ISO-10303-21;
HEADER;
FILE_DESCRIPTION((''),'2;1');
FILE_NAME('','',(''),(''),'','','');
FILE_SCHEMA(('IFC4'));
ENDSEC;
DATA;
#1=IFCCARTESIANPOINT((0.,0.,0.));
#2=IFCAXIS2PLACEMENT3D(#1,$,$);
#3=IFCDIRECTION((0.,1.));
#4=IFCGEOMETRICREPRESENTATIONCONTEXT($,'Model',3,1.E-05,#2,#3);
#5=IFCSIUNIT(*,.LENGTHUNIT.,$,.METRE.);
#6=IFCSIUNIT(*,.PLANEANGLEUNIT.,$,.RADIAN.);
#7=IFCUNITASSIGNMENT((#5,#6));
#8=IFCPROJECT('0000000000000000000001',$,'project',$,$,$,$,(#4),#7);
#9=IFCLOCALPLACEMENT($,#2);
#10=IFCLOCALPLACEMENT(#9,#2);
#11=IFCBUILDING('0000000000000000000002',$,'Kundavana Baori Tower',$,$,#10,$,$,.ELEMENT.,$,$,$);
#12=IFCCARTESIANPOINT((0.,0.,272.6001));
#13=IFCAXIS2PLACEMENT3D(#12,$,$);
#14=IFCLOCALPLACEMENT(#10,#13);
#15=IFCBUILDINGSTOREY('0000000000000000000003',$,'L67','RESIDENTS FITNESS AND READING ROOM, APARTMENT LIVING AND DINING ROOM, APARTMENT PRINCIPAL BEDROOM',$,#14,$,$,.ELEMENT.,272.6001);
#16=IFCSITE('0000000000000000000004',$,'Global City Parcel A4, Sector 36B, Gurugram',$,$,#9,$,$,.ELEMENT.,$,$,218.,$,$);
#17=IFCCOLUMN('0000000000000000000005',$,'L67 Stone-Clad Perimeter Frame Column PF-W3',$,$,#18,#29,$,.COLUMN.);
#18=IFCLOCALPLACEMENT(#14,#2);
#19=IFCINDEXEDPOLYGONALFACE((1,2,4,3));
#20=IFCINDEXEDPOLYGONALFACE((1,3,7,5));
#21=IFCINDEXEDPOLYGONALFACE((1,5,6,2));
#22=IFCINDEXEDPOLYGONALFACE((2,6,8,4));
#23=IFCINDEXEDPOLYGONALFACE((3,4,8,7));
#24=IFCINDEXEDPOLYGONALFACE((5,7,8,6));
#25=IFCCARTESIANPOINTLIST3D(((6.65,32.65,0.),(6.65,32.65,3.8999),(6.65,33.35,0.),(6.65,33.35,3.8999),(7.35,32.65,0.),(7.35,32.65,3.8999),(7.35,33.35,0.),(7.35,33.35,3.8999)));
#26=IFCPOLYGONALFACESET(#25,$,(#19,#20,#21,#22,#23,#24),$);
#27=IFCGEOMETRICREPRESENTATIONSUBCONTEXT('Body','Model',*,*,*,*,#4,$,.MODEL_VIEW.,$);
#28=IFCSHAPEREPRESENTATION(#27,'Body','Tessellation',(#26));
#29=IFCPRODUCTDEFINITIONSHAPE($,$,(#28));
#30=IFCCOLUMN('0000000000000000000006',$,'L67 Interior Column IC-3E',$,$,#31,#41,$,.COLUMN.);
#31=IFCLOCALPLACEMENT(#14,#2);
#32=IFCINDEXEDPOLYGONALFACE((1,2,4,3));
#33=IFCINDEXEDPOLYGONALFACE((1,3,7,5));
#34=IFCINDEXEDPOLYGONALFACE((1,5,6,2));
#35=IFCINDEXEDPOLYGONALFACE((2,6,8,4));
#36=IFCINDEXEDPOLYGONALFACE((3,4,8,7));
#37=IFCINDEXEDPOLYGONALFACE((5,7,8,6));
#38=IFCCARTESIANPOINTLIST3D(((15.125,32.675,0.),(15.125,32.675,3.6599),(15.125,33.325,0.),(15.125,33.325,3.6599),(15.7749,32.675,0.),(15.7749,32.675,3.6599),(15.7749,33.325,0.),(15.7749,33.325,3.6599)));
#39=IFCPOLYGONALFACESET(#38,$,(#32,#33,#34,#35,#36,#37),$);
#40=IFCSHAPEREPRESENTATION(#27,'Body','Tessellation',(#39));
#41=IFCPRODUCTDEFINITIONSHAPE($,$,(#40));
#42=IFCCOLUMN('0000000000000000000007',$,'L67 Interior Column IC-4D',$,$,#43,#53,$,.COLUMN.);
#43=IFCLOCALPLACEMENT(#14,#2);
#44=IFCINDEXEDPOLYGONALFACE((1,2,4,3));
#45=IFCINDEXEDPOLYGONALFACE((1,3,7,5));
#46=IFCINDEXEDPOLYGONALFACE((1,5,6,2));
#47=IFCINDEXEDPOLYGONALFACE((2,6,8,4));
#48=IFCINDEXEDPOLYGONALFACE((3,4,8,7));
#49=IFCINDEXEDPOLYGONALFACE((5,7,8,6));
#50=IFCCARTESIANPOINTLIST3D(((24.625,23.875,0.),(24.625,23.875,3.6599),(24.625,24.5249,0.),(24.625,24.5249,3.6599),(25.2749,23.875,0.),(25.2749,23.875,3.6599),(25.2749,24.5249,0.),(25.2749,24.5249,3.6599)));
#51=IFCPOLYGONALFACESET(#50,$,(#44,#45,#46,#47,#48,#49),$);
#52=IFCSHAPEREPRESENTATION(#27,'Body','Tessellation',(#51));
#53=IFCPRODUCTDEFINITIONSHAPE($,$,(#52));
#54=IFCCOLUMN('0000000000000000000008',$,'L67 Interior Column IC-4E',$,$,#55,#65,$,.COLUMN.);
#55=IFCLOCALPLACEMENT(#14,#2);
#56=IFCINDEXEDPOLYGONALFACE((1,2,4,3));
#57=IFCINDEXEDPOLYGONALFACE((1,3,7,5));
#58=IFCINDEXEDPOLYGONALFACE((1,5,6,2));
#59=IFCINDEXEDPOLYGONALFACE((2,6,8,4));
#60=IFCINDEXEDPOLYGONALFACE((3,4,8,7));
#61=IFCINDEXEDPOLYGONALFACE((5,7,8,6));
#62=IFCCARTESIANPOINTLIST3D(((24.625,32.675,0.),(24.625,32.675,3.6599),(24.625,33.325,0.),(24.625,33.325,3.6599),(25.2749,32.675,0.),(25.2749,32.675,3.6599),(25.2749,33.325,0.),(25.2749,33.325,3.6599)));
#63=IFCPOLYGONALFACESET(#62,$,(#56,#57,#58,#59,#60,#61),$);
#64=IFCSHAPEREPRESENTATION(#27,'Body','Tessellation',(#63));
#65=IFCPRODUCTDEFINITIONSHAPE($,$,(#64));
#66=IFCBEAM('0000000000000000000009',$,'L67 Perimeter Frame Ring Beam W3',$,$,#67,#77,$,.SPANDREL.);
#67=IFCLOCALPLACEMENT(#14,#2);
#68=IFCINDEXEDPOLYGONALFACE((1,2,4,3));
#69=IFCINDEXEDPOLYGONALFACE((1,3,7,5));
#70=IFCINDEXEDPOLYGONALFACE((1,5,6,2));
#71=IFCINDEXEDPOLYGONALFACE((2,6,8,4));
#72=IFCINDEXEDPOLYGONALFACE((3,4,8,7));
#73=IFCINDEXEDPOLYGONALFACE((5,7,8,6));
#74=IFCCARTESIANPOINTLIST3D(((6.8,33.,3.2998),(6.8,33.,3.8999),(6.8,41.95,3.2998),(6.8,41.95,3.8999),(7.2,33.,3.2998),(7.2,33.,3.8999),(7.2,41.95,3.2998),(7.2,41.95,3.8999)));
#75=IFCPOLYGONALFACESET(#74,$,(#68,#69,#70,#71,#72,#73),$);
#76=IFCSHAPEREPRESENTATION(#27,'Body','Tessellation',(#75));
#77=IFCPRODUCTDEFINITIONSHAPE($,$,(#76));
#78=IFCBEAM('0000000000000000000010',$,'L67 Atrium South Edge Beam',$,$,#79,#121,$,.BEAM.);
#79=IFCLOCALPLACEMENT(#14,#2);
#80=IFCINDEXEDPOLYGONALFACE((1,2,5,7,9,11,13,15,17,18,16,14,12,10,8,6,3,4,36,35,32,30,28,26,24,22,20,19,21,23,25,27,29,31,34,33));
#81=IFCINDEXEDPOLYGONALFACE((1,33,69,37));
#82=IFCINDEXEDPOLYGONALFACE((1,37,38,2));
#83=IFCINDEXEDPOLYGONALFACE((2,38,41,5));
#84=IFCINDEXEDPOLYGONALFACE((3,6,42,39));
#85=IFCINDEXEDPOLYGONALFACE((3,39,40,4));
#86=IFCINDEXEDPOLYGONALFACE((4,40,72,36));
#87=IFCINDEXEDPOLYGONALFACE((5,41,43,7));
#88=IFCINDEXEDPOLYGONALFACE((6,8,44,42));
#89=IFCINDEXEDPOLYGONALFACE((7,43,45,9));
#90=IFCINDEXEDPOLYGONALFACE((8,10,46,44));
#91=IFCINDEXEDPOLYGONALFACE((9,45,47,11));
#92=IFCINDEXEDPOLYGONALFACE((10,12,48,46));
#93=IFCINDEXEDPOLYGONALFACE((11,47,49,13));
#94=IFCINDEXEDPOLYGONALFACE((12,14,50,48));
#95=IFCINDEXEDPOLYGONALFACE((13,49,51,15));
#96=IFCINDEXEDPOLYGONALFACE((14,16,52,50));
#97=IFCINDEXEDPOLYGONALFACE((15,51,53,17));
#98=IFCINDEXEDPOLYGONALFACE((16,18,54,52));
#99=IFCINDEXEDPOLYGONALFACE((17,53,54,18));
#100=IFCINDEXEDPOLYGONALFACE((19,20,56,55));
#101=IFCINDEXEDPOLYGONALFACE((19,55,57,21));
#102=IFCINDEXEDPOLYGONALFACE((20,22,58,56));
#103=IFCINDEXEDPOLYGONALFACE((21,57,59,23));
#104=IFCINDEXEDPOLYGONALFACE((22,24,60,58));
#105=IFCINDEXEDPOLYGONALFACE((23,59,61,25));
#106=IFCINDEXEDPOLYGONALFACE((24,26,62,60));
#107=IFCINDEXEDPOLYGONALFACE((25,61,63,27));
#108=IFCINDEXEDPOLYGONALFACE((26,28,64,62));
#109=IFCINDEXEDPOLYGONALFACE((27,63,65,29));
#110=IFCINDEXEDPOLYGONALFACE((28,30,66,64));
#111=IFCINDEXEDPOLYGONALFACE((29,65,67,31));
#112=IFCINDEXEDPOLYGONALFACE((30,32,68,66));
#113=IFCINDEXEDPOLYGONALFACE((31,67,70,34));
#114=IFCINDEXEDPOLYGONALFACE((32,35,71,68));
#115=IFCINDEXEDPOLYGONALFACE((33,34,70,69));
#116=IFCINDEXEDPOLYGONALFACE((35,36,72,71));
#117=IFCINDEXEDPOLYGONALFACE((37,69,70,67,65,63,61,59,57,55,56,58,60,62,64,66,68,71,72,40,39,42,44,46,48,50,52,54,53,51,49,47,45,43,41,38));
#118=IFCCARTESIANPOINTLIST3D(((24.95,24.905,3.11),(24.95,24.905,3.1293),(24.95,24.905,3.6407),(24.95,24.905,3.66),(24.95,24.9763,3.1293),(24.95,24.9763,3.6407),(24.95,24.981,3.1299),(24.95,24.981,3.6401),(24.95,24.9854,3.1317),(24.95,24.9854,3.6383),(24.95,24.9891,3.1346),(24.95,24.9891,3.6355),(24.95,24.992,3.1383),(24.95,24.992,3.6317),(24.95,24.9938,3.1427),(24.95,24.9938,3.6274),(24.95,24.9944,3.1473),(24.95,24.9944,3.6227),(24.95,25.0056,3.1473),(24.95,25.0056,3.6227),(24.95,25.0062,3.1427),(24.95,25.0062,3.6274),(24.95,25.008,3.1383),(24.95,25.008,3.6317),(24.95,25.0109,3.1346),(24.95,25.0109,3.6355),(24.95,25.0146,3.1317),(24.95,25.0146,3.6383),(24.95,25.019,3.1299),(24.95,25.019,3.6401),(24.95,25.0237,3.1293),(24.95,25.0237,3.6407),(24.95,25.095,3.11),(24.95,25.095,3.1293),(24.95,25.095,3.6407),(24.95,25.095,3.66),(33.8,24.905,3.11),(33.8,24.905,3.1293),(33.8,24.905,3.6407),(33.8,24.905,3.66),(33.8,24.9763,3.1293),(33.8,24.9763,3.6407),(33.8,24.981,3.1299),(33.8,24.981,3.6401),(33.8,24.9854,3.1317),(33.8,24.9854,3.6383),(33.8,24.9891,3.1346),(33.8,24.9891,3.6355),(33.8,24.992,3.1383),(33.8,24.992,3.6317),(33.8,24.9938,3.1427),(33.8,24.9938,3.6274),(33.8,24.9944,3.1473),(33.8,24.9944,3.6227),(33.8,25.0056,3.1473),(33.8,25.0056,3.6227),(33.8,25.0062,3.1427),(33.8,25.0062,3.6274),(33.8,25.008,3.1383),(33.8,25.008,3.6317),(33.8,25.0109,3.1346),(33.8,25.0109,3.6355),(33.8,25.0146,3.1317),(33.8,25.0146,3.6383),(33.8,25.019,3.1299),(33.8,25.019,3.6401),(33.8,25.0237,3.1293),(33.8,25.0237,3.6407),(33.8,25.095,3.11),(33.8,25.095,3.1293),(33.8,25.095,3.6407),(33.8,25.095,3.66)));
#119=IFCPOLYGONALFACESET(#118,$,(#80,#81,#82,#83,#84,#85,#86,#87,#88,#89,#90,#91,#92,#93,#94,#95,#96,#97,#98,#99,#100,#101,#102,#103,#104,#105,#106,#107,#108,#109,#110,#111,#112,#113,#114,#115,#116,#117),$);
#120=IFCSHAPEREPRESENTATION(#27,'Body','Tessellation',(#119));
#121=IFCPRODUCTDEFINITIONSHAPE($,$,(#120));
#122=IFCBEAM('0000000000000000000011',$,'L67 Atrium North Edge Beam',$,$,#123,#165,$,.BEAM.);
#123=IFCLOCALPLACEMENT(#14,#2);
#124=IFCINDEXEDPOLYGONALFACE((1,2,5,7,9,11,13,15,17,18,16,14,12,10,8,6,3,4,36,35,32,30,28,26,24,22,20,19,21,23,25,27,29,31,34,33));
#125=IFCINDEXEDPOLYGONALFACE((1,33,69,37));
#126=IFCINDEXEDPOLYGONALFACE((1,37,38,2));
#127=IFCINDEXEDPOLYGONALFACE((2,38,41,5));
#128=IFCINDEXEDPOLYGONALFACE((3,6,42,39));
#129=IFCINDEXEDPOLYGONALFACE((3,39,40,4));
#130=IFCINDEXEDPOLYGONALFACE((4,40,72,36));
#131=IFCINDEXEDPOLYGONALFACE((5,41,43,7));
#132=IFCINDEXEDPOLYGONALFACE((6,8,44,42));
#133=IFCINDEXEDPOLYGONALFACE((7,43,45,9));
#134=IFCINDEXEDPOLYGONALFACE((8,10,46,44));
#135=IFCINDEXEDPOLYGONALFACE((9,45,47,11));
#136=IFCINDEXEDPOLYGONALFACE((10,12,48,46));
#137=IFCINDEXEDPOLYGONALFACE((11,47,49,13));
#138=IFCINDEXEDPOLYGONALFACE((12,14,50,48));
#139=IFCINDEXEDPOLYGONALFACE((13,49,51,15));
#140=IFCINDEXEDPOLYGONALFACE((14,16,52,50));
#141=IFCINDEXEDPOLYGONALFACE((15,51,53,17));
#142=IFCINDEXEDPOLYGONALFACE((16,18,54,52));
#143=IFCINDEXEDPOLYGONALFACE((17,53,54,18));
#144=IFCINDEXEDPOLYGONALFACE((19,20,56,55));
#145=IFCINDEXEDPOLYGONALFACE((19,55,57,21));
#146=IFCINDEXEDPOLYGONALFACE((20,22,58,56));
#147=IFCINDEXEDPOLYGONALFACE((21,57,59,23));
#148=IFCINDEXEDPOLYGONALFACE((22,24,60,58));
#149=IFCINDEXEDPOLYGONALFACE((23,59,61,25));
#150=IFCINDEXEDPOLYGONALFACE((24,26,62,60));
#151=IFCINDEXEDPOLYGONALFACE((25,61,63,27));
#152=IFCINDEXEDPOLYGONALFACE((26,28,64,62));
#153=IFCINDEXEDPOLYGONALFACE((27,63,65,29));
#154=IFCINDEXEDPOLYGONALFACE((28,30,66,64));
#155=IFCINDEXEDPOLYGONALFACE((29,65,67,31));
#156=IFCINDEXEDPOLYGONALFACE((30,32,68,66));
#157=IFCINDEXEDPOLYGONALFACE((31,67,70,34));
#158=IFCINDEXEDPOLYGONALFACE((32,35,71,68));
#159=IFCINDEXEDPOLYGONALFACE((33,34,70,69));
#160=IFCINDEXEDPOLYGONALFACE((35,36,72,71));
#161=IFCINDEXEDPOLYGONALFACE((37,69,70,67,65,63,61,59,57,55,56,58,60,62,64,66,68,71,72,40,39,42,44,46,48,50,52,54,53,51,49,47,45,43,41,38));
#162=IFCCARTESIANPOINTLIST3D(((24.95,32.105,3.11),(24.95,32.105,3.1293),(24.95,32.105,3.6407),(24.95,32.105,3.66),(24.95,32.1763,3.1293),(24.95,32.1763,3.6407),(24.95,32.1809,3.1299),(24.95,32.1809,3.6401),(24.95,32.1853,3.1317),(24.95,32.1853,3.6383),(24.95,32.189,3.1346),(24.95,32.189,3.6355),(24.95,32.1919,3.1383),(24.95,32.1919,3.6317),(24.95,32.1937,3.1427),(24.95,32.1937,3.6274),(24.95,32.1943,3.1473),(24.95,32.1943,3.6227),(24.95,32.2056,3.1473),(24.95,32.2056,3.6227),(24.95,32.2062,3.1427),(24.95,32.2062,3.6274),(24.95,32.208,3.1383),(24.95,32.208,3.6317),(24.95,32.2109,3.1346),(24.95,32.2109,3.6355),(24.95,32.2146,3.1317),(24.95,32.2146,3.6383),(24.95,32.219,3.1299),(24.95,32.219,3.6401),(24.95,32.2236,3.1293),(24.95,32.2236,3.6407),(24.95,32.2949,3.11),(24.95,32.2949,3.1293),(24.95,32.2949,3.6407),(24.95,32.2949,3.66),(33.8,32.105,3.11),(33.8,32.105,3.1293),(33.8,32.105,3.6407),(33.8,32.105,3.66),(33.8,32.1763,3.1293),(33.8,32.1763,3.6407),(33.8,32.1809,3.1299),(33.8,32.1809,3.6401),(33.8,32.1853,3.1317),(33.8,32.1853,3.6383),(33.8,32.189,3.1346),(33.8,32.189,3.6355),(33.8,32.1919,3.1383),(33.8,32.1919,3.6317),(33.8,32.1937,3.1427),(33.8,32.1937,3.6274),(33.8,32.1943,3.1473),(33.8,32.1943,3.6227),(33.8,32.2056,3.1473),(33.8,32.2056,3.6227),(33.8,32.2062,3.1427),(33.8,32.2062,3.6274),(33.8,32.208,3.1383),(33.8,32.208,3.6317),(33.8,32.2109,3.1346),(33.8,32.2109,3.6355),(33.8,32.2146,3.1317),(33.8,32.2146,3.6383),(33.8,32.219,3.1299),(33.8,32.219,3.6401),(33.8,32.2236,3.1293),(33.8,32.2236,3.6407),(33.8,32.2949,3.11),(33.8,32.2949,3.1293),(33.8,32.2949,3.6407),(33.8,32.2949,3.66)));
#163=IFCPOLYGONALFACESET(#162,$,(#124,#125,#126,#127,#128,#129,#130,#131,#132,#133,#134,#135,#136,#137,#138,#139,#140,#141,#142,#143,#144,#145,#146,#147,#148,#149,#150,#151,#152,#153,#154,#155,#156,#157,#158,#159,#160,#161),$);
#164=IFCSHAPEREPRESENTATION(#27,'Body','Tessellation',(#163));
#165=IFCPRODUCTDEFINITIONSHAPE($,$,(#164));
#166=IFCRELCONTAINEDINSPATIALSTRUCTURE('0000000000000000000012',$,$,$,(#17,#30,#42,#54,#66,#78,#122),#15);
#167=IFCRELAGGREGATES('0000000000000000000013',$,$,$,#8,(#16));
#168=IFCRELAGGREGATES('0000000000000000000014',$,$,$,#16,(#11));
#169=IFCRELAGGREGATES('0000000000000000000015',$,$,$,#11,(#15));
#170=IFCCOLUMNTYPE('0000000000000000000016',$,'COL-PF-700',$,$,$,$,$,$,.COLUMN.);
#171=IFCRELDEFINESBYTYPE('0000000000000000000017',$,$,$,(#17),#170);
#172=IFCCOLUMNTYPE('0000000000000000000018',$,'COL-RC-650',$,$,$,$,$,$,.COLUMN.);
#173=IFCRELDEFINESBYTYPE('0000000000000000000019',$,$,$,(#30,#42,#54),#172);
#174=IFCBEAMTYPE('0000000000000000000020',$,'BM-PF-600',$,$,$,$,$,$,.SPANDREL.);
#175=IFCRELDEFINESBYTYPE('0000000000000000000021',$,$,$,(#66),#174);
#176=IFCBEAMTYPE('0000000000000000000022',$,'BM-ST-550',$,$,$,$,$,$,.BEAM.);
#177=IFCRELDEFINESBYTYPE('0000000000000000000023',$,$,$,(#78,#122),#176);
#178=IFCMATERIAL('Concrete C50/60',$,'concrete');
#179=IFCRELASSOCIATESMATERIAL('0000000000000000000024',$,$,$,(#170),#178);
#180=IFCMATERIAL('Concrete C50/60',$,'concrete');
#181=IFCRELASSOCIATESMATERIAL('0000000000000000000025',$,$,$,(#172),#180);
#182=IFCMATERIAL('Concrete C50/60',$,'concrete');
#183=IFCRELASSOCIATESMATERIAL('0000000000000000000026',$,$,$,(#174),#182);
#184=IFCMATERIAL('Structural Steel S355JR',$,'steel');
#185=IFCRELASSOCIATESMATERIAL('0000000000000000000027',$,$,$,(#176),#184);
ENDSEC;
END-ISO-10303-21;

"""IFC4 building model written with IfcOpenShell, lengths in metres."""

from ifc_helpers import new_model, si_unit, direction, frame, origin, origin_2d, place, context, subcontext, project, spatial, rectangle, i_section, extrude, material, material_profile, profile_set, type_object, element, save


model = new_model("IFC4")

# Units and contexts
model_context = context("Model", 3, precision=1e-05, world=origin(), true_north=direction((0.0, 1.0)))
body_context = subcontext(model_context, "Body", "Model", "MODEL_VIEW")
ifc_project = project(units=[si_unit("LENGTHUNIT", "METRE"), si_unit("PLANEANGLEUNIT", "RADIAN")], contexts=[model_context])

# Site, building, storey
site_placement = place(None, origin())
site = spatial("IfcSite", under=ifc_project, at=site_placement, Name="Global City Parcel A4, Sector 36B, Gurugram", CompositionType="ELEMENT", RefElevation=218.0)
building_placement = place(site_placement, origin())
building = spatial("IfcBuilding", under=site, at=building_placement, Name="Kundavana Baori Tower", CompositionType="ELEMENT")
storey_placement = place(building_placement, frame((0.0, 0.0, 272.6001)))
storey = spatial("IfcBuildingStorey", under=building, at=storey_placement, Name="L67", Description="RESIDENTS FITNESS AND READING ROOM, APARTMENT LIVING AND DINING ROOM, APARTMENT PRINCIPAL BEDROOM", CompositionType="ELEMENT", Elevation=272.6001)

# Columns
ifc_material_1 = material(Name="Concrete C50/60", Category="concrete")
ifc_material_profile_1 = material_profile(ifc_material_1, rectangle(XDim=0.7, YDim=0.7, at=origin_2d()), Name="RC PF 700x700")
ifc_profile_set_1 = profile_set([ifc_material_profile_1], Name="Concrete C50/60")
column_type_1 = type_object("IfcColumnType", Name="COL-PF-700", PredefinedType="COLUMN", material=ifc_profile_set_1)
column_placement = place(storey_placement, frame((7.0, 33.0, 0.0), z_axis=(0.0, 0.0, 1.0), x_axis=(1.0, 0.0, 0.0)))
element("IfcColumn", 1, at=column_placement, inside=storey, type_object=column_type_1, Name="L67 Stone-Clad Perimeter Frame Column PF-W3", PredefinedType="COLUMN", context=body_context, shape_type="SweptSolid", body=[
    extrude(rectangle(XDim=0.7, YDim=0.7, at=origin_2d()), origin(), (0.0, 0.0, 1.0), 3.8999),
])
ifc_material_2 = material(Name="Concrete C50/60", Category="concrete")
ifc_material_profile_2 = material_profile(ifc_material_2, rectangle(XDim=0.6499, YDim=0.6499, at=origin_2d()), Name="RC 650x650")
ifc_profile_set_2 = profile_set([ifc_material_profile_2], Name="Concrete C50/60")
column_type_2 = type_object("IfcColumnType", Name="COL-RC-650", PredefinedType="COLUMN", material=ifc_profile_set_2)
for number, where, z_axis, x_axis, name in (
    (2, (15.45, 33.0, 0.0), (0.0, 0.0, 1.0), (1.0, 0.0, 0.0), "L67 Interior Column IC-3E"),
    (3, (24.95, 24.2, 0.0), (0.0, 0.0, 1.0), (1.0, 0.0, 0.0), "L67 Interior Column IC-4D"),
    (4, (24.95, 33.0, 0.0), (0.0, 0.0, 1.0), (1.0, 0.0, 0.0), "L67 Interior Column IC-4E"),
):
    element("IfcColumn", number, at=place(storey_placement, frame(where, z_axis=z_axis, x_axis=x_axis)), inside=storey, type_object=column_type_2, Name=name, PredefinedType="COLUMN", context=body_context, shape_type="SweptSolid", body=[
        extrude(rectangle(XDim=0.6499, YDim=0.6499, at=origin_2d()), origin(), (0.0, 0.0, 1.0), 3.6599),
    ])

# Beams
ifc_material_3 = material(Name="Concrete C50/60", Category="concrete")
ifc_material_profile_3 = material_profile(ifc_material_3, rectangle(XDim=0.3999, YDim=0.6001, at=origin_2d()), Name="RC BM 400x600")
ifc_profile_set_3 = profile_set([ifc_material_profile_3], Name="Concrete C50/60")
beam_type_1 = type_object("IfcBeamType", Name="BM-PF-600", PredefinedType="SPANDREL", material=ifc_profile_set_3)
beam_1_placement = place(storey_placement, frame((7.0, 33.0, 3.5999), z_axis=(0.0, 1.0, 0.0), x_axis=(-1.0, 0.0, 0.0)))
element("IfcBeam", 5, at=beam_1_placement, inside=storey, type_object=beam_type_1, Name="L67 Perimeter Frame Ring Beam W3", PredefinedType="SPANDREL", context=body_context, shape_type="SweptSolid", body=[
    extrude(rectangle(XDim=0.3999, YDim=0.6001, at=origin_2d()), origin(), (0.0, 0.0, 1.0), 8.95),
])
ifc_material_4 = material(Name="Structural Steel S355JR", Category="steel")
ifc_material_profile_4 = material_profile(ifc_material_4, i_section(OverallWidth=0.1899, OverallDepth=0.55, WebThickness=0.0112, FlangeThickness=0.0193, FilletRadius=0.0181, at=origin_2d()), Name="ISMB 550")
ifc_profile_set_4 = profile_set([ifc_material_profile_4], Name="Structural Steel S355JR")
beam_type_2 = type_object("IfcBeamType", Name="BM-ST-550", PredefinedType="BEAM", material=ifc_profile_set_4)
for number, where, z_axis, x_axis, name in (
    (6, (24.95, 25.0, 3.385), (1.0, 0.0, 0.0), (0.0, 1.0, 0.0), "L67 Atrium South Edge Beam"),
    (7, (24.95, 32.2, 3.385), (1.0, 0.0, 0.0), (0.0, 1.0, 0.0), "L67 Atrium North Edge Beam"),
):
    element("IfcBeam", number, at=place(storey_placement, frame(where, z_axis=z_axis, x_axis=x_axis)), inside=storey, type_object=beam_type_2, Name=name, PredefinedType="BEAM", context=body_context, shape_type="SweptSolid", body=[
        extrude(i_section(OverallWidth=0.1899, OverallDepth=0.55, WebThickness=0.0112, FlangeThickness=0.0193, FilletRadius=0.0181, at=origin_2d()), origin(), (0.0, 0.0, 1.0), 8.8501),
    ])

save(model, "model.ifc")
